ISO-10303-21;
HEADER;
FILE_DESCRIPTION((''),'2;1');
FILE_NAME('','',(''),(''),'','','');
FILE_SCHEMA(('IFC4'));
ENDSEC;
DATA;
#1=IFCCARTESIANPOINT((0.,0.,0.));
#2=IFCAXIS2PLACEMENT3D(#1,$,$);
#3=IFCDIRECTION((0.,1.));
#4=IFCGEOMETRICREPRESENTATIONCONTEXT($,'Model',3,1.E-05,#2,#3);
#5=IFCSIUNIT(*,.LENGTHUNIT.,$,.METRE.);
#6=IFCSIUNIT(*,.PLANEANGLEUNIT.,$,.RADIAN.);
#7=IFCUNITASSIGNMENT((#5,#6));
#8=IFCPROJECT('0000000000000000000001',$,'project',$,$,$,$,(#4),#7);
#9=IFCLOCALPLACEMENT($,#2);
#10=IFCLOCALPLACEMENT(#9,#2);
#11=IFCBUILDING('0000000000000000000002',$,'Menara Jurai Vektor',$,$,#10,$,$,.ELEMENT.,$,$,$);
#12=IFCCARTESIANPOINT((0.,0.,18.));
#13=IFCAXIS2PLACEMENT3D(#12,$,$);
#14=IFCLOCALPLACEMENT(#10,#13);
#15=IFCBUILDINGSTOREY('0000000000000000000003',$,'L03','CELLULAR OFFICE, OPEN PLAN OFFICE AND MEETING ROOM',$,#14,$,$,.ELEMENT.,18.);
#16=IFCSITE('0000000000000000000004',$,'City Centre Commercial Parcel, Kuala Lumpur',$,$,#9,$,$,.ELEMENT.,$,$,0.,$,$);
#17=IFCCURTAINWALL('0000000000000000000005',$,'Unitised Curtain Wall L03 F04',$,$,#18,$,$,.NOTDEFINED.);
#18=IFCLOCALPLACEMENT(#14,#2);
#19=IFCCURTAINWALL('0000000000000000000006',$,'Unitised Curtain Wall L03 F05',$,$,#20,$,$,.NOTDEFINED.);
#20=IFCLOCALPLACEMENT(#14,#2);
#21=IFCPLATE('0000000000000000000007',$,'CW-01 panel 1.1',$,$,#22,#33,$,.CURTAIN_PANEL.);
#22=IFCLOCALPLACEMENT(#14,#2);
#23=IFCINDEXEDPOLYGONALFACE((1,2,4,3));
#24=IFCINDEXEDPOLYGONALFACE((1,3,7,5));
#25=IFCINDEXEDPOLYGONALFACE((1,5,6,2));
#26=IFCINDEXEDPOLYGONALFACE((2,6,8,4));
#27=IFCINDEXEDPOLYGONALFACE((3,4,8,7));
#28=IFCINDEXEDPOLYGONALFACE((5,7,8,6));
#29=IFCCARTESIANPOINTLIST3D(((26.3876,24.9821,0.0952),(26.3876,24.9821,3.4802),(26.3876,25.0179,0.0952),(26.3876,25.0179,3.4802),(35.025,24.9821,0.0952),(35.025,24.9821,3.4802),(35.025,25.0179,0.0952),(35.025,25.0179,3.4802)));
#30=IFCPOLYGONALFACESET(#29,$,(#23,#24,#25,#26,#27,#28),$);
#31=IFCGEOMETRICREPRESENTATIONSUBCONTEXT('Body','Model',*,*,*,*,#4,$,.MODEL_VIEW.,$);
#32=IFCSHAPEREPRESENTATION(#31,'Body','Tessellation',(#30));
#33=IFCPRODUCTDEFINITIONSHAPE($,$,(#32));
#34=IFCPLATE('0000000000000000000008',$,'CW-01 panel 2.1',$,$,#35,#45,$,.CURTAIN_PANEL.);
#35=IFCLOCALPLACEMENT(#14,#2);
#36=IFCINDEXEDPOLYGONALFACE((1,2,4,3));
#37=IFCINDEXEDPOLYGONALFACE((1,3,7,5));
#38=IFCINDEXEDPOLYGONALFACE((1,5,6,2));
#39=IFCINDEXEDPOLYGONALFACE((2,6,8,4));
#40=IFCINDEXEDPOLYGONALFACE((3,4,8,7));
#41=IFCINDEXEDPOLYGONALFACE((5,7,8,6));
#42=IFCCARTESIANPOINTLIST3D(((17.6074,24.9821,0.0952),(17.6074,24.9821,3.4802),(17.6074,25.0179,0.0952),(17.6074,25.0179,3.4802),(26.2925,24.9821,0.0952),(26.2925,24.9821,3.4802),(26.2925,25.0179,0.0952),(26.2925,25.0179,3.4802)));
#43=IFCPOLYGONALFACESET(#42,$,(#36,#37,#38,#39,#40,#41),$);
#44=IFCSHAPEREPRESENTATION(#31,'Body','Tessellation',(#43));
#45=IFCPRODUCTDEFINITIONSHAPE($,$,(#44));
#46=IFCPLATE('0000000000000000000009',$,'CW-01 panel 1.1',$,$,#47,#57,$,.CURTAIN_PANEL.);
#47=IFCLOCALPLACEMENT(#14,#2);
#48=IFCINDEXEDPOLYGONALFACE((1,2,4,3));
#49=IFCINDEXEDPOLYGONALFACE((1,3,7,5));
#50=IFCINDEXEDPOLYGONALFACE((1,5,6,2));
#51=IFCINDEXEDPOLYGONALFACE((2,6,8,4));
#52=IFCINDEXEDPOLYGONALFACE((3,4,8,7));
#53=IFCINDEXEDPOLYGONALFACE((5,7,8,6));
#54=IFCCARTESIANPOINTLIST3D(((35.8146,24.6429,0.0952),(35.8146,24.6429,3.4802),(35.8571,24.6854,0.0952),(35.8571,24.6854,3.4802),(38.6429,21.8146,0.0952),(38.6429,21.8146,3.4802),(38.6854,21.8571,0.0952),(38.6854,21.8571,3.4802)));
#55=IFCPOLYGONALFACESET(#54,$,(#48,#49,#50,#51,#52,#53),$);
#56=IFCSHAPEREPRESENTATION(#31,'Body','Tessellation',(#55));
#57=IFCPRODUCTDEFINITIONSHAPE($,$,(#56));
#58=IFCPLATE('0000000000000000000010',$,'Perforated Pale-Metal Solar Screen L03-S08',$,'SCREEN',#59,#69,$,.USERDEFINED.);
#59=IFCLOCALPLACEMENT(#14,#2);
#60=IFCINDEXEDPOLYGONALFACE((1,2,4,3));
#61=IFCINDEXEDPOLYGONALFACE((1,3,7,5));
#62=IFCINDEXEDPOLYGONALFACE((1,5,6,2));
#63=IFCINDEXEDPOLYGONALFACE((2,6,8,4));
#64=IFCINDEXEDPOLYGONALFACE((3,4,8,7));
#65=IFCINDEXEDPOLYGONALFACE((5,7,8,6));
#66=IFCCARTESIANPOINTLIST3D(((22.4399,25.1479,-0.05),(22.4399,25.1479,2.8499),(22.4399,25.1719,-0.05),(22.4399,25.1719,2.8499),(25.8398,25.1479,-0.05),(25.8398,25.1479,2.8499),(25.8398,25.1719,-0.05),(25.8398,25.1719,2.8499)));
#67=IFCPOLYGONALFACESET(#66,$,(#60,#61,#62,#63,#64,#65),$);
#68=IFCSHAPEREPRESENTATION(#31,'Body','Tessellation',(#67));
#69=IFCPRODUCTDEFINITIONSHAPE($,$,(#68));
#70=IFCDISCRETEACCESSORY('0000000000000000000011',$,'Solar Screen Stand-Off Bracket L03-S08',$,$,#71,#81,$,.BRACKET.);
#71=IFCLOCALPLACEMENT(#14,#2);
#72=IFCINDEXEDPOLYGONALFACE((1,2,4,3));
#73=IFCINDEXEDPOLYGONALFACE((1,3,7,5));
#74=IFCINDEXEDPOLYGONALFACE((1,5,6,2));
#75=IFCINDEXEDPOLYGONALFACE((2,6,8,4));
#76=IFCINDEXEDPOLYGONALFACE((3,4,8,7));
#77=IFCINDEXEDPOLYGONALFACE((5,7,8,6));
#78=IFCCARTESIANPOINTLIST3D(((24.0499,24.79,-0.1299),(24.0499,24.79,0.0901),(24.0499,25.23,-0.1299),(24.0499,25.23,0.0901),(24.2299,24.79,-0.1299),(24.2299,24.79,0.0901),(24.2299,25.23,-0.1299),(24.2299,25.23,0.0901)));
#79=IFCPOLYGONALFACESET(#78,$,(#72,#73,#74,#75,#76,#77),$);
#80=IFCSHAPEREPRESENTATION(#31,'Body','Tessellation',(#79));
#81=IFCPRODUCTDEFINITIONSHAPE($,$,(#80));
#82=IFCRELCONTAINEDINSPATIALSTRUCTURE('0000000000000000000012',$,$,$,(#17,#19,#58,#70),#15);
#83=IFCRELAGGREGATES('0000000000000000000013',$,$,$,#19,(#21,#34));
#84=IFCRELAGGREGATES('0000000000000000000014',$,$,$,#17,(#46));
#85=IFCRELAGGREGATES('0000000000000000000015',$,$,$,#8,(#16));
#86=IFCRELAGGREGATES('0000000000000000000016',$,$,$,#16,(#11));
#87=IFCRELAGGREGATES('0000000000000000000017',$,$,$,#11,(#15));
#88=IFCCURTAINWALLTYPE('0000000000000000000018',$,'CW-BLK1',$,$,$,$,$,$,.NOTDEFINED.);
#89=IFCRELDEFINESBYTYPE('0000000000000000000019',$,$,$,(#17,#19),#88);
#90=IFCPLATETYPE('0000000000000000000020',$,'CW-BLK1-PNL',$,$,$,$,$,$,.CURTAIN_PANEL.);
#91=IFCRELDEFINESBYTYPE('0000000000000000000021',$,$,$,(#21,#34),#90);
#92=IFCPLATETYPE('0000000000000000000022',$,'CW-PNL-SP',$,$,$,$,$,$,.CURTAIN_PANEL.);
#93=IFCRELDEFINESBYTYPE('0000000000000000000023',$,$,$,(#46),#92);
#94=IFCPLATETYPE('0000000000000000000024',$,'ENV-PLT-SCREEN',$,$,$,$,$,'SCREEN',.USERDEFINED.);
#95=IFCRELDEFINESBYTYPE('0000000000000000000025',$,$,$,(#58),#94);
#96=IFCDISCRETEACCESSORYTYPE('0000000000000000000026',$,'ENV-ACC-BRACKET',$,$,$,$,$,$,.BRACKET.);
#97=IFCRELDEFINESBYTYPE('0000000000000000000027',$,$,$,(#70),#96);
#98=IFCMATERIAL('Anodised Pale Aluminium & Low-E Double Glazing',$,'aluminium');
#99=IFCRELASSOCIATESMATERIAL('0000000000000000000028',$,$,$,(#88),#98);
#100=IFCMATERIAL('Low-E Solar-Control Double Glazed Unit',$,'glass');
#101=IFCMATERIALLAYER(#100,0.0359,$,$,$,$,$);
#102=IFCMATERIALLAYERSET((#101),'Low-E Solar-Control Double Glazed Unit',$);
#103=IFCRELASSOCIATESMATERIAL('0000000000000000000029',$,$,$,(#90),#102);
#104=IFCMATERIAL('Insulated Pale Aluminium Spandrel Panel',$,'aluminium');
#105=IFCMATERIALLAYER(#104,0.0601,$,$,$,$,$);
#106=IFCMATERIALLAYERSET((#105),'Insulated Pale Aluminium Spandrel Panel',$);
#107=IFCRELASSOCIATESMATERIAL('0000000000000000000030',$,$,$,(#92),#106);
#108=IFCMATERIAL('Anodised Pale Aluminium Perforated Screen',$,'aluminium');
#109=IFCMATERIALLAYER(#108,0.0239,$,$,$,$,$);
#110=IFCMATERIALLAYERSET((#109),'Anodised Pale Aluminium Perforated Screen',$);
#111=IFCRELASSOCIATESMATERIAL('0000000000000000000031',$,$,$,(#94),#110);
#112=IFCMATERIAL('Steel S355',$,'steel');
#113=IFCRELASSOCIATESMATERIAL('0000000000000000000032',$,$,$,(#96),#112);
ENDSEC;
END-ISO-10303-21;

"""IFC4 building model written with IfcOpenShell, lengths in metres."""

from ifc_helpers import new_model, si_unit, direction, frame, origin, origin_2d, place, context, subcontext, project, spatial, rectangle, extrude, material, layer, layer_set, type_object, element, aggregate, save


model = new_model("IFC4")

# Units and contexts
model_context = context("Model", 3, precision=1e-05, world=origin(), true_north=direction((0.0, 1.0)))
body_context = subcontext(model_context, "Body", "Model", "MODEL_VIEW")
ifc_project = project(units=[si_unit("LENGTHUNIT", "METRE"), si_unit("PLANEANGLEUNIT", "RADIAN")], contexts=[model_context])

# Site, building, storey
site_placement = place(None, origin())
site = spatial("IfcSite", under=ifc_project, at=site_placement, Name="City Centre Commercial Parcel, Kuala Lumpur", CompositionType="ELEMENT", RefElevation=0.0)
building_placement = place(site_placement, origin())
building = spatial("IfcBuilding", under=site, at=building_placement, Name="Menara Jurai Vektor", CompositionType="ELEMENT")
storey_placement = place(building_placement, frame((0.0, 0.0, 18.0)))
storey = spatial("IfcBuildingStorey", under=building, at=storey_placement, Name="L03", Description="CELLULAR OFFICE, OPEN PLAN OFFICE AND MEETING ROOM", CompositionType="ELEMENT", Elevation=18.0)

# Curtain walls
ifc_material_1 = material(Name="Anodised Pale Aluminium & Low-E Double Glazing", Category="aluminium")
curtain_wall_type = type_object("IfcCurtainWallType", Name="CW-BLK1", PredefinedType="NOTDEFINED", material=ifc_material_1)
curtain_wall_1_placement = place(storey_placement, origin())
curtain_wall_1 = element("IfcCurtainWall", 1, at=curtain_wall_1_placement, inside=storey, type_object=curtain_wall_type, Name="Unitised Curtain Wall L03 F04", PredefinedType="NOTDEFINED")
curtain_wall_2_placement = place(storey_placement, origin())
curtain_wall_2 = element("IfcCurtainWall", 2, at=curtain_wall_2_placement, inside=storey, type_object=curtain_wall_type, Name="Unitised Curtain Wall L03 F05", PredefinedType="NOTDEFINED")

# Shared definitions
ifc_material_2 = material(Name="Steel S355", Category="steel")

# Plates
ifc_material_3 = material(Name="Low-E Solar-Control Double Glazed Unit", Category="glass")
ifc_layer_1 = layer(ifc_material_3, 0.0359)
ifc_layer_set_1 = layer_set([ifc_layer_1], Name="Low-E Solar-Control Double Glazed Unit")
plate_type_1 = type_object("IfcPlateType", Name="CW-BLK1-PNL", PredefinedType="CURTAIN_PANEL", material=ifc_layer_set_1)
plate_1_placement = place(storey_placement, frame((30.7063, 25.0, 0.0952), z_axis=(0.0, 0.0, 1.0), x_axis=(-1.0, 0.0, 0.0)))
plate_1 = element("IfcPlate", 3, at=plate_1_placement, type_object=plate_type_1, Name="CW-01 panel 1.1", PredefinedType="CURTAIN_PANEL", context=body_context, shape_type="SweptSolid", body=[
    extrude(rectangle(XDim=8.6375, YDim=0.0359, at=origin_2d()), origin(), (0.0, 0.0, 1.0), 3.385),
])
plate_2_placement = place(storey_placement, frame((21.95, 25.0, 0.0952), z_axis=(0.0, 0.0, 1.0), x_axis=(-1.0, 0.0, 0.0)))
plate_2 = element("IfcPlate", 4, at=plate_2_placement, type_object=plate_type_1, Name="CW-01 panel 2.1", PredefinedType="CURTAIN_PANEL", context=body_context, shape_type="SweptSolid", body=[
    extrude(rectangle(XDim=8.6851, YDim=0.0359, at=origin_2d()), origin(), (0.0, 0.0, 1.0), 3.385),
])
aggregate(curtain_wall_2, [plate_1, plate_2])
ifc_material_4 = material(Name="Insulated Pale Aluminium Spandrel Panel", Category="aluminium")
ifc_layer_2 = layer(ifc_material_4, 0.0601)
ifc_layer_set_2 = layer_set([ifc_layer_2], Name="Insulated Pale Aluminium Spandrel Panel")
plate_type_2 = type_object("IfcPlateType", Name="CW-PNL-SP", PredefinedType="CURTAIN_PANEL", material=ifc_layer_set_2)
plate_3_placement = place(storey_placement, frame((37.25, 23.25, 0.0952), z_axis=(0.0, 0.0, 1.0), x_axis=(-0.707107, 0.707107, 0.0)))
plate_3 = element("IfcPlate", 5, at=plate_3_placement, type_object=plate_type_2, Name="CW-01 panel 1.1", PredefinedType="CURTAIN_PANEL", context=body_context, shape_type="SweptSolid", body=[
    extrude(rectangle(XDim=3.9998, YDim=0.0601, at=origin_2d()), origin(), (0.0, 0.0, 1.0), 3.385),
])
aggregate(curtain_wall_1, [plate_3])
ifc_material_5 = material(Name="Anodised Pale Aluminium Perforated Screen", Category="aluminium")
ifc_layer_3 = layer(ifc_material_5, 0.0239)
ifc_layer_set_3 = layer_set([ifc_layer_3], Name="Anodised Pale Aluminium Perforated Screen")
plate_type_3 = type_object("IfcPlateType", Name="ENV-PLT-SCREEN", ElementType="SCREEN", PredefinedType="USERDEFINED", material=ifc_layer_set_3)
plate_4_placement = place(storey_placement, frame((24.1399, 25.1599, -0.05), z_axis=(0.0, 0.0, 1.0), x_axis=(-1.0, 0.0, 0.0)))
element("IfcPlate", 6, at=plate_4_placement, inside=storey, type_object=plate_type_3, Name="Perforated Pale-Metal Solar Screen L03-S08", ObjectType="SCREEN", PredefinedType="USERDEFINED", context=body_context, shape_type="SweptSolid", body=[
    extrude(rectangle(XDim=3.3999, YDim=0.0239, at=origin_2d()), origin(), (0.0, 0.0, 1.0), 2.8999),
])

# Discrete accessory
discrete_accessory_type = type_object("IfcDiscreteAccessoryType", Name="ENV-ACC-BRACKET", PredefinedType="BRACKET", material=ifc_material_2)
discrete_accessory_placement = place(storey_placement, frame((24.1399, 25.01, -0.1299), z_axis=(0.0, 0.0, 1.0), x_axis=(-1.0, 0.0, 0.0)))
element("IfcDiscreteAccessory", 7, at=discrete_accessory_placement, inside=storey, type_object=discrete_accessory_type, Name="Solar Screen Stand-Off Bracket L03-S08", PredefinedType="BRACKET", context=body_context, shape_type="SweptSolid", body=[
    extrude(rectangle(XDim=0.1799, YDim=0.4399, at=origin_2d()), origin(), (0.0, 0.0, 1.0), 0.22),
])

save(model, "model.ifc")
